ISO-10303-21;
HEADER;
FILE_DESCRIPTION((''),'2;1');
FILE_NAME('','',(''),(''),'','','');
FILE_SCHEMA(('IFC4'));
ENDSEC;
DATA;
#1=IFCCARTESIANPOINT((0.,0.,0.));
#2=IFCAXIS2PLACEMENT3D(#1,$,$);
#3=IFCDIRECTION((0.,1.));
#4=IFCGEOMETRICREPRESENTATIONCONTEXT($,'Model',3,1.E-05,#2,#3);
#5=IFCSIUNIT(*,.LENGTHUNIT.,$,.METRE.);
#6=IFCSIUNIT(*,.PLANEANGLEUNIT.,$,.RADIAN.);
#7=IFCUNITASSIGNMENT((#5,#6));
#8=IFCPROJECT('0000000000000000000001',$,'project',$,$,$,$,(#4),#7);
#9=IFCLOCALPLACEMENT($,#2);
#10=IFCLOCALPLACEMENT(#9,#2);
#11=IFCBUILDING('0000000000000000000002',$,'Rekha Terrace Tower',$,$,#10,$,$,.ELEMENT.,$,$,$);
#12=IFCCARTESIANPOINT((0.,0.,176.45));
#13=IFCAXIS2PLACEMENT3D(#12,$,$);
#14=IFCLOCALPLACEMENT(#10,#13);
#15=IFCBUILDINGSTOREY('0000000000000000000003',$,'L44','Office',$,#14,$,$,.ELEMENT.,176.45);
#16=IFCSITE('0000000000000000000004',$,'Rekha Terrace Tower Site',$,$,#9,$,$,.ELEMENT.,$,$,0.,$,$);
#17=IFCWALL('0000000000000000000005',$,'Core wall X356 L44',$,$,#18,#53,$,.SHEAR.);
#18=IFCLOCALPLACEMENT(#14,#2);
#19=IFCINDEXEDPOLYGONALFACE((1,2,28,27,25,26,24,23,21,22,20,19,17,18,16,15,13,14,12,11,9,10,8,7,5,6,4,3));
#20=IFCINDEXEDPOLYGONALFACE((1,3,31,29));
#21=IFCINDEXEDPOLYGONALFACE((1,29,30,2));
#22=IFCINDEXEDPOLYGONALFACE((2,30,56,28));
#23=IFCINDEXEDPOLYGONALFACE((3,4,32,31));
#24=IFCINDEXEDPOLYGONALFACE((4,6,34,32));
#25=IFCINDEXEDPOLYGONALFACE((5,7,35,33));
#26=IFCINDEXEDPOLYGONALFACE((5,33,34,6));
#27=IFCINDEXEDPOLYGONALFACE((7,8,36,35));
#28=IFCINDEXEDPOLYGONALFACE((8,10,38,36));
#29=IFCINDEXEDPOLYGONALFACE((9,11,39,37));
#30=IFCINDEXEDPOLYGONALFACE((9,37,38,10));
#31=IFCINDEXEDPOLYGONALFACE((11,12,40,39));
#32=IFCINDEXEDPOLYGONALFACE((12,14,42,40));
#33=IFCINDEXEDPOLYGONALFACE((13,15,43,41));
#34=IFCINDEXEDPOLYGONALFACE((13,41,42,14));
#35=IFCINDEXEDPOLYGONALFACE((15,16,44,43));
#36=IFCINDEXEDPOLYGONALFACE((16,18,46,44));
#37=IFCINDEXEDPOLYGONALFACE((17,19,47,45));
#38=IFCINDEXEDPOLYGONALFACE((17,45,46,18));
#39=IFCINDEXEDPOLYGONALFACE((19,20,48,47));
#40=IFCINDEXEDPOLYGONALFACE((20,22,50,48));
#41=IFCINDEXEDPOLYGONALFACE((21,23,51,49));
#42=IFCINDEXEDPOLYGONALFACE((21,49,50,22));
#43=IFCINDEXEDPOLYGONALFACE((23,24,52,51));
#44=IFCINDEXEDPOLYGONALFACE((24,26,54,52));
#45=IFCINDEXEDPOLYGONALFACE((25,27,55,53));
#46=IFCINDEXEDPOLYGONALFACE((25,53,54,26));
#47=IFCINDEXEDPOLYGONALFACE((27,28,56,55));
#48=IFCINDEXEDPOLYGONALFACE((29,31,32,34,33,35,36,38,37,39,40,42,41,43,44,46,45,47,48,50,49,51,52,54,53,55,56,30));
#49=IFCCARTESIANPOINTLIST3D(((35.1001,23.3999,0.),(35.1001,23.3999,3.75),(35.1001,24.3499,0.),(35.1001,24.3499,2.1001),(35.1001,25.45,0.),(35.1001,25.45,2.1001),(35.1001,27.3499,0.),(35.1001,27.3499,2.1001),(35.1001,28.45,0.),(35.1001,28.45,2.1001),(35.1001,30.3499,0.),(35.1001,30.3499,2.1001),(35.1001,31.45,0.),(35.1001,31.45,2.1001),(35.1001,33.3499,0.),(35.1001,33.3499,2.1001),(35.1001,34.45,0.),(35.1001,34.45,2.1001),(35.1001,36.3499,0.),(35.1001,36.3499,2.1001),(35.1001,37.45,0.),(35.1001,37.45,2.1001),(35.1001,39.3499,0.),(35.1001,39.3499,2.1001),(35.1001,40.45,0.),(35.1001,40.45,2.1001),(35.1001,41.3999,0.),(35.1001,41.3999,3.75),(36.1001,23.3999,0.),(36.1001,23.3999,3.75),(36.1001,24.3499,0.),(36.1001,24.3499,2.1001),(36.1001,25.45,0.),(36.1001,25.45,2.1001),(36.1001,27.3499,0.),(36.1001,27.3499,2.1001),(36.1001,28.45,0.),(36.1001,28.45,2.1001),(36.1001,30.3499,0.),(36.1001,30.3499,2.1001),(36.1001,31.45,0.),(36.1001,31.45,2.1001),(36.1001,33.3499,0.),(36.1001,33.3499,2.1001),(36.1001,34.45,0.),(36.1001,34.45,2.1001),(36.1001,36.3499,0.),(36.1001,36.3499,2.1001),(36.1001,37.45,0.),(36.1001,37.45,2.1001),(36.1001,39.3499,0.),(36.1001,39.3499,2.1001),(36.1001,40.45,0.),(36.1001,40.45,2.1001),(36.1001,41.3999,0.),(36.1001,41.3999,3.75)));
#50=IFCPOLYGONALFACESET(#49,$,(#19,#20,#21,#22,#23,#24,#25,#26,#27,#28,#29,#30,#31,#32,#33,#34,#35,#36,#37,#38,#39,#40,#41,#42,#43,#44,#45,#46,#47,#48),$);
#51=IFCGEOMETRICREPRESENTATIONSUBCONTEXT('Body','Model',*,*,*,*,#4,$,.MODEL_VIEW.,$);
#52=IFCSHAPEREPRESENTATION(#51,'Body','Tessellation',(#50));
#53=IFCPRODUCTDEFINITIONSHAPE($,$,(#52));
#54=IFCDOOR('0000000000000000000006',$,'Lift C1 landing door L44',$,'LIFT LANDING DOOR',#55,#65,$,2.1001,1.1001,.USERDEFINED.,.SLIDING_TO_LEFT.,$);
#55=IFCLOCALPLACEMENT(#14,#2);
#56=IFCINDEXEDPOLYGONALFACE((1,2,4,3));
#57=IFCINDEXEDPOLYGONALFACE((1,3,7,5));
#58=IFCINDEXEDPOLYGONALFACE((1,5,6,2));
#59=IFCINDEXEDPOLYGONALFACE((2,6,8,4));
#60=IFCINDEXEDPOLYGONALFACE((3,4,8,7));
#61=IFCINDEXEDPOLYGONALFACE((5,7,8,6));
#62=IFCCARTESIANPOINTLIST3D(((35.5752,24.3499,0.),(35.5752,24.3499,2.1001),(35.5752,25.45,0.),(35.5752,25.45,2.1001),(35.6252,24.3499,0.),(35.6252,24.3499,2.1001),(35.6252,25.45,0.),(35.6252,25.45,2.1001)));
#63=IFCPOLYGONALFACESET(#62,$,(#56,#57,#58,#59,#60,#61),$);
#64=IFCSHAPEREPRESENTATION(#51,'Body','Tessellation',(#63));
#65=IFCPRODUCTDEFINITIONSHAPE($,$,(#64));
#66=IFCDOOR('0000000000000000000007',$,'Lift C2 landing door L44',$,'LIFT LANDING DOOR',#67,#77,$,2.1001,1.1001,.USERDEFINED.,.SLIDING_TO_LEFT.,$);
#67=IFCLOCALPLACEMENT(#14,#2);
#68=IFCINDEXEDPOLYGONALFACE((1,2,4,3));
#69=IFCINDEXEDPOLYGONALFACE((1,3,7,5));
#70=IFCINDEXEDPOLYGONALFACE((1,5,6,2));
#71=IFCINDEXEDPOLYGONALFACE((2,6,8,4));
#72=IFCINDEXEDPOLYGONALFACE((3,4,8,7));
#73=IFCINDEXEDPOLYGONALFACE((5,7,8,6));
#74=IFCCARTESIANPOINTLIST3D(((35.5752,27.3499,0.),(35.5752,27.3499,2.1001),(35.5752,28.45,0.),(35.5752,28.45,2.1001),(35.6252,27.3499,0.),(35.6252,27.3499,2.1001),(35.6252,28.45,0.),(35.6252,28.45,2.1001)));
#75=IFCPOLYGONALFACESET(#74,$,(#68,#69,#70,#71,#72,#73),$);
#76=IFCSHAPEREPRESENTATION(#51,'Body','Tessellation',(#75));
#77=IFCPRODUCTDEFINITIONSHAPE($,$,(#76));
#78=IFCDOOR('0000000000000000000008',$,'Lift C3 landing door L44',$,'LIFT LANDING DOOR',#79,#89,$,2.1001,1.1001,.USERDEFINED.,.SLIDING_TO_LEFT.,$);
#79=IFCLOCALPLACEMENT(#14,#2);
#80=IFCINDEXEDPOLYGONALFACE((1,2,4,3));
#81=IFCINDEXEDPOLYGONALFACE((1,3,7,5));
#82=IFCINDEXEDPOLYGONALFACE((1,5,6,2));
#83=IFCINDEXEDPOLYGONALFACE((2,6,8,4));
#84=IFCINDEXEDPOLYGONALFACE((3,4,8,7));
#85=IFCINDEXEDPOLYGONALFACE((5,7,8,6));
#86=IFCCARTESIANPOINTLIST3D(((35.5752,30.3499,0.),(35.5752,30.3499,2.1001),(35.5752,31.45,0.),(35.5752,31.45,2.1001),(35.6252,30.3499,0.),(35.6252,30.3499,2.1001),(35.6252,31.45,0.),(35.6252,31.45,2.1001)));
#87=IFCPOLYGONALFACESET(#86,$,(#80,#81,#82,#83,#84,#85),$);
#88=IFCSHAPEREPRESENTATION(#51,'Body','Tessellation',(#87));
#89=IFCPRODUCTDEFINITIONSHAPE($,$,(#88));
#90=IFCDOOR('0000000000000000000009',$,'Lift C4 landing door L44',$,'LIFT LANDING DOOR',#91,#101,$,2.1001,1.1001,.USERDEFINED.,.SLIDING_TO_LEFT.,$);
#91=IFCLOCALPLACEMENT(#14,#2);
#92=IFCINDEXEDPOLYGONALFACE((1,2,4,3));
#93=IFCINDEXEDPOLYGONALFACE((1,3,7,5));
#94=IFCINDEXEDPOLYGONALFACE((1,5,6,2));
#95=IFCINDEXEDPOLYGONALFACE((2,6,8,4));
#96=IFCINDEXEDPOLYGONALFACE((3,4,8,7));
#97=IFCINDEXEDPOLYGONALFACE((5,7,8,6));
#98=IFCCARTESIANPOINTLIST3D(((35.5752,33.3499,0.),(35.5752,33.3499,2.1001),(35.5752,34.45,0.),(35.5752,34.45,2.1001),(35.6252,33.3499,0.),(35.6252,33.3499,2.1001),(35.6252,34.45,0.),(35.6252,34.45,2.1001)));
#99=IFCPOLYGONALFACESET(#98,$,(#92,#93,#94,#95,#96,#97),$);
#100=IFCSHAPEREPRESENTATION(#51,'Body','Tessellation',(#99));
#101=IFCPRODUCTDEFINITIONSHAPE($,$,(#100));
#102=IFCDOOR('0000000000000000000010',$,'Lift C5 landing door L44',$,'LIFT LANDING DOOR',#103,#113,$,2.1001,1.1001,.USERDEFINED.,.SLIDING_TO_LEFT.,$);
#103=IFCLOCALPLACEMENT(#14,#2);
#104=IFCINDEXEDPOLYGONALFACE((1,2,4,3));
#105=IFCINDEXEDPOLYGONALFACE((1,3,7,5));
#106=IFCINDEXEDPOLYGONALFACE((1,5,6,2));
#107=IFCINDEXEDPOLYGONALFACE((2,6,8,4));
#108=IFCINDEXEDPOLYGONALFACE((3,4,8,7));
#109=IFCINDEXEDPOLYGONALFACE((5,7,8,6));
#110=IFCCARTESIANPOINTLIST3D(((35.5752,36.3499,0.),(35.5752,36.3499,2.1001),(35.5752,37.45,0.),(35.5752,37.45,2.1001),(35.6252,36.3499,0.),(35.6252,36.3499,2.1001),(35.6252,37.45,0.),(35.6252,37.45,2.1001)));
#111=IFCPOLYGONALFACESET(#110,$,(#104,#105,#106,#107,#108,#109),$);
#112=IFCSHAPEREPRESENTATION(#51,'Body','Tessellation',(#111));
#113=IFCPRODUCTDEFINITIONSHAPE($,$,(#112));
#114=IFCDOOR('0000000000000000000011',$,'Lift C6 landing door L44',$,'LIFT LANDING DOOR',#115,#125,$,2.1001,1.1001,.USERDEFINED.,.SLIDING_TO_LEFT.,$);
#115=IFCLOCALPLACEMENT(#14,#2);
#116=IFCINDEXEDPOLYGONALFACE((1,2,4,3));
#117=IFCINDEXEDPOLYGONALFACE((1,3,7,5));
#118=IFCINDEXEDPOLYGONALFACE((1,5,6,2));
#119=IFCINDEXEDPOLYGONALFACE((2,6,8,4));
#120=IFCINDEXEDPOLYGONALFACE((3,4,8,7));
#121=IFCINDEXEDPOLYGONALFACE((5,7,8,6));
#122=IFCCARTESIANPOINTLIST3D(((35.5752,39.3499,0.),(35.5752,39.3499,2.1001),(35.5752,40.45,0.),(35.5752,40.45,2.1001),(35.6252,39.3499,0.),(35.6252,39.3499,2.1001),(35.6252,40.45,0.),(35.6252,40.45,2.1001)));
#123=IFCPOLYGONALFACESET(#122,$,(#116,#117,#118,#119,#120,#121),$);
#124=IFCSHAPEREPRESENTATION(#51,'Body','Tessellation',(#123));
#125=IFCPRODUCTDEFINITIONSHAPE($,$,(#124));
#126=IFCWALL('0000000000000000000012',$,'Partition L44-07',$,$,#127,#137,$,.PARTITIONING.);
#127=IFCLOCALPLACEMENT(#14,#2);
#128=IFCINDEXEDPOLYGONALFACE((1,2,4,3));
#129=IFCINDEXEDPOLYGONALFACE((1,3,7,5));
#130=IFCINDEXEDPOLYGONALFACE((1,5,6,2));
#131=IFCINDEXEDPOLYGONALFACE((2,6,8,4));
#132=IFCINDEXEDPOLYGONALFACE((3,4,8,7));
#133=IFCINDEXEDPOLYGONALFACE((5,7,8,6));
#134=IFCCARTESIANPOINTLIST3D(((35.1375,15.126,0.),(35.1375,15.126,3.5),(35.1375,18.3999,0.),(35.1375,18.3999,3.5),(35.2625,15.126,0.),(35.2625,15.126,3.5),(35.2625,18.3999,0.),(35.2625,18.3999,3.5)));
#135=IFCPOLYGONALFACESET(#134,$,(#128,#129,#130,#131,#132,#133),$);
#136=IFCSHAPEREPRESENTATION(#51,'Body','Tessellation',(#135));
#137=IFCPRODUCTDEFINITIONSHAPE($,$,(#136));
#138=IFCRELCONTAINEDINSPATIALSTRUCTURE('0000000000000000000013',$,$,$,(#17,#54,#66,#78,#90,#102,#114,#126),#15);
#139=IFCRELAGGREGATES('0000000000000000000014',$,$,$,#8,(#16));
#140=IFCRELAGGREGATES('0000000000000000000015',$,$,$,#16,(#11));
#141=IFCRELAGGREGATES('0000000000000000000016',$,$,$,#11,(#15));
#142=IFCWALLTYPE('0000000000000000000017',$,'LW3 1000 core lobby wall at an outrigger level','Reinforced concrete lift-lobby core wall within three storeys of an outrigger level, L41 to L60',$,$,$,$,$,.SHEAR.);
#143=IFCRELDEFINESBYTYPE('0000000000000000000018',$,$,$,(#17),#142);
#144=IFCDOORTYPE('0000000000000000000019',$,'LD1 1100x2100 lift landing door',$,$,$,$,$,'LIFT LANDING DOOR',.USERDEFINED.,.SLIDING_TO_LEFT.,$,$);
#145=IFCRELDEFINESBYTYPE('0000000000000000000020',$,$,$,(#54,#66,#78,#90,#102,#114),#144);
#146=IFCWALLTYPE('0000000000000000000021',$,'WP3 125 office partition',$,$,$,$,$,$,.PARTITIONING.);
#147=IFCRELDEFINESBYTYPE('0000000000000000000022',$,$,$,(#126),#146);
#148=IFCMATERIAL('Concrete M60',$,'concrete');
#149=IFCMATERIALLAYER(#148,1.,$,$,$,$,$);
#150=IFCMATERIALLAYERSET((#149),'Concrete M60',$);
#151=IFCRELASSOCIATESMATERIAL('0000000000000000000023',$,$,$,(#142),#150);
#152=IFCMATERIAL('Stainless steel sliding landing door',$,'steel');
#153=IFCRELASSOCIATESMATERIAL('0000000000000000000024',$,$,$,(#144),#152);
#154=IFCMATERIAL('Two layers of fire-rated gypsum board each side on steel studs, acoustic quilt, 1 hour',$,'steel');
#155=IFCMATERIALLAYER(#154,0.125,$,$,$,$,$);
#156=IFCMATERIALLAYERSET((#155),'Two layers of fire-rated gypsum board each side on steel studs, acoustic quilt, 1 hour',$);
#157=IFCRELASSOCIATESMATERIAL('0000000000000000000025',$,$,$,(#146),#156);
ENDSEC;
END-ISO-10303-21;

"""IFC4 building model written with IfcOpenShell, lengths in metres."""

from ifc_helpers import new_model, si_unit, direction, frame, frame_2d, origin, place, context, subcontext, project, spatial, rectangle, extrude, material, layer, layer_set, type_object, element, fill, save


model = new_model("IFC4")

# Units and contexts
model_context = context("Model", 3, precision=1e-05, world=origin(), true_north=direction((0.0, 1.0)))
body_context = subcontext(model_context, "Body", "Model", "MODEL_VIEW")
ifc_project = project(units=[si_unit("LENGTHUNIT", "METRE"), si_unit("PLANEANGLEUNIT", "RADIAN")], contexts=[model_context])

# Site, building, storey
site_placement = place(None, origin())
site = spatial("IfcSite", under=ifc_project, at=site_placement, Name="Rekha Terrace Tower Site", CompositionType="ELEMENT", RefElevation=0.0)
building_placement = place(site_placement, origin())
building = spatial("IfcBuilding", under=site, at=building_placement, Name="Rekha Terrace Tower", CompositionType="ELEMENT")
storey_placement = place(building_placement, frame((0.0, 0.0, 176.45)))
storey = spatial("IfcBuildingStorey", under=building, at=storey_placement, Name="L44", Description="Office", CompositionType="ELEMENT", Elevation=176.45)

# Shared definitions
ifc_material_1 = material(Name="Concrete M60", Category="concrete")

# Wall, openings, doors
ifc_layer_1 = layer(ifc_material_1, 1.0)
ifc_layer_set_1 = layer_set([ifc_layer_1], Name="Concrete M60")
wall_type_1 = type_object("IfcWallType", Name="LW3 1000 core lobby wall at an outrigger level", Description="Reinforced concrete lift-lobby core wall within three storeys of an outrigger level, L41 to L60", PredefinedType="SHEAR", material=ifc_layer_set_1)
wall_1_placement = place(storey_placement, frame((35.6001, 23.3999, 0.0), z_axis=(0.0, 0.0, 1.0), x_axis=(0.0, 1.0, 0.0)))
wall_1 = element("IfcWall", 1, at=wall_1_placement, inside=storey, type_object=wall_type_1, Name="Core wall X356 L44", PredefinedType="SHEAR", context=body_context, shape_type="SweptSolid", body=[
    extrude(rectangle(XDim=18.0, YDim=1.0, at=frame_2d((9.0, 0.0))), origin(), (0.0, 0.0, 1.0), 3.75),
])
opening_1_placement = place(wall_1_placement, frame((0.95, 0.0, 0.0)))
opening_1 = element("IfcOpeningElement", 2, at=opening_1_placement, cuts=wall_1, PredefinedType="OPENING", context=body_context, shape_type="SweptSolid", body=[
    extrude(rectangle(XDim=1.1001, YDim=2.1001, at=frame_2d((0.55, 1.05))), frame((0.0, 0.51, 0.0), z_axis=(0.0, -1.0, 0.0), x_axis=(1.0, 0.0, 0.0)), (0.0, 0.0, 1.0), 1.02),
])
opening_2_placement = place(wall_1_placement, frame((3.95, 0.0, 0.0)))
opening_2 = element("IfcOpeningElement", 3, at=opening_2_placement, cuts=wall_1, PredefinedType="OPENING", context=body_context, shape_type="SweptSolid", body=[
    extrude(rectangle(XDim=1.1001, YDim=2.1001, at=frame_2d((0.55, 1.05))), frame((0.0, 0.51, 0.0), z_axis=(0.0, -1.0, 0.0), x_axis=(1.0, 0.0, 0.0)), (0.0, 0.0, 1.0), 1.02),
])
opening_3_placement = place(wall_1_placement, frame((6.95, 0.0, 0.0)))
opening_3 = element("IfcOpeningElement", 4, at=opening_3_placement, cuts=wall_1, PredefinedType="OPENING", context=body_context, shape_type="SweptSolid", body=[
    extrude(rectangle(XDim=1.1001, YDim=2.1001, at=frame_2d((0.55, 1.05))), frame((0.0, 0.51, 0.0), z_axis=(0.0, -1.0, 0.0), x_axis=(1.0, 0.0, 0.0)), (0.0, 0.0, 1.0), 1.02),
])
opening_4_placement = place(wall_1_placement, frame((9.95, 0.0, 0.0)))
opening_4 = element("IfcOpeningElement", 5, at=opening_4_placement, cuts=wall_1, PredefinedType="OPENING", context=body_context, shape_type="SweptSolid", body=[
    extrude(rectangle(XDim=1.1001, YDim=2.1001, at=frame_2d((0.55, 1.05))), frame((0.0, 0.51, 0.0), z_axis=(0.0, -1.0, 0.0), x_axis=(1.0, 0.0, 0.0)), (0.0, 0.0, 1.0), 1.02),
])
opening_5_placement = place(wall_1_placement, frame((12.95, 0.0, 0.0)))
opening_5 = element("IfcOpeningElement", 6, at=opening_5_placement, cuts=wall_1, PredefinedType="OPENING", context=body_context, shape_type="SweptSolid", body=[
    extrude(rectangle(XDim=1.1001, YDim=2.1001, at=frame_2d((0.55, 1.05))), frame((0.0, 0.51, 0.0), z_axis=(0.0, -1.0, 0.0), x_axis=(1.0, 0.0, 0.0)), (0.0, 0.0, 1.0), 1.02),
])
opening_6_placement = place(wall_1_placement, frame((15.95, 0.0, 0.0)))
opening_6 = element("IfcOpeningElement", 7, at=opening_6_placement, cuts=wall_1, PredefinedType="OPENING", context=body_context, shape_type="SweptSolid", body=[
    extrude(rectangle(XDim=1.1001, YDim=2.1001, at=frame_2d((0.55, 1.05))), frame((0.0, 0.51, 0.0), z_axis=(0.0, -1.0, 0.0), x_axis=(1.0, 0.0, 0.0)), (0.0, 0.0, 1.0), 1.02),
])
ifc_material_2 = material(Name="Stainless steel sliding landing door", Category="steel")
door_type_1 = type_object("IfcDoorType", Name="LD1 1100x2100 lift landing door", ElementType="LIFT LANDING DOOR", OperationType="SLIDING_TO_LEFT", PredefinedType="USERDEFINED", material=ifc_material_2)
door_1_placement = place(opening_1_placement, origin())
door_1 = element("IfcDoor", 8, at=door_1_placement, inside=storey, type_object=door_type_1, Name="Lift C1 landing door L44", ObjectType="LIFT LANDING DOOR", OperationType="SLIDING_TO_LEFT", OverallHeight=2.1001, OverallWidth=1.1001, PredefinedType="USERDEFINED", context=body_context, shape_type="SweptSolid", body=[
    extrude(rectangle(XDim=1.1001, YDim=2.1001, at=frame_2d((0.55, 1.05))), frame((0.0, 0.0249, 0.0), z_axis=(0.0, -1.0, 0.0), x_axis=(1.0, 0.0, 0.0)), (0.0, 0.0, 1.0), 0.05),
])
fill(opening_1, door_1)
door_2_placement = place(opening_2_placement, origin())
door_2 = element("IfcDoor", 9, at=door_2_placement, inside=storey, type_object=door_type_1, Name="Lift C2 landing door L44", ObjectType="LIFT LANDING DOOR", OperationType="SLIDING_TO_LEFT", OverallHeight=2.1001, OverallWidth=1.1001, PredefinedType="USERDEFINED", context=body_context, shape_type="SweptSolid", body=[
    extrude(rectangle(XDim=1.1001, YDim=2.1001, at=frame_2d((0.55, 1.05))), frame((0.0, 0.0249, 0.0), z_axis=(0.0, -1.0, 0.0), x_axis=(1.0, 0.0, 0.0)), (0.0, 0.0, 1.0), 0.05),
])
fill(opening_2, door_2)
door_3_placement = place(opening_3_placement, origin())
door_3 = element("IfcDoor", 10, at=door_3_placement, inside=storey, type_object=door_type_1, Name="Lift C3 landing door L44", ObjectType="LIFT LANDING DOOR", OperationType="SLIDING_TO_LEFT", OverallHeight=2.1001, OverallWidth=1.1001, PredefinedType="USERDEFINED", context=body_context, shape_type="SweptSolid", body=[
    extrude(rectangle(XDim=1.1001, YDim=2.1001, at=frame_2d((0.55, 1.05))), frame((0.0, 0.0249, 0.0), z_axis=(0.0, -1.0, 0.0), x_axis=(1.0, 0.0, 0.0)), (0.0, 0.0, 1.0), 0.05),
])
fill(opening_3, door_3)
door_4_placement = place(opening_4_placement, origin())
door_4 = element("IfcDoor", 11, at=door_4_placement, inside=storey, type_object=door_type_1, Name="Lift C4 landing door L44", ObjectType="LIFT LANDING DOOR", OperationType="SLIDING_TO_LEFT", OverallHeight=2.1001, OverallWidth=1.1001, PredefinedType="USERDEFINED", context=body_context, shape_type="SweptSolid", body=[
    extrude(rectangle(XDim=1.1001, YDim=2.1001, at=frame_2d((0.55, 1.05))), frame((0.0, 0.0249, 0.0), z_axis=(0.0, -1.0, 0.0), x_axis=(1.0, 0.0, 0.0)), (0.0, 0.0, 1.0), 0.05),
])
fill(opening_4, door_4)
door_5_placement = place(opening_5_placement, origin())
door_5 = element("IfcDoor", 12, at=door_5_placement, inside=storey, type_object=door_type_1, Name="Lift C5 landing door L44", ObjectType="LIFT LANDING DOOR", OperationType="SLIDING_TO_LEFT", OverallHeight=2.1001, OverallWidth=1.1001, PredefinedType="USERDEFINED", context=body_context, shape_type="SweptSolid", body=[
    extrude(rectangle(XDim=1.1001, YDim=2.1001, at=frame_2d((0.55, 1.05))), frame((0.0, 0.0249, 0.0), z_axis=(0.0, -1.0, 0.0), x_axis=(1.0, 0.0, 0.0)), (0.0, 0.0, 1.0), 0.05),
])
fill(opening_5, door_5)
door_6_placement = place(opening_6_placement, origin())
door_6 = element("IfcDoor", 13, at=door_6_placement, inside=storey, type_object=door_type_1, Name="Lift C6 landing door L44", ObjectType="LIFT LANDING DOOR", OperationType="SLIDING_TO_LEFT", OverallHeight=2.1001, OverallWidth=1.1001, PredefinedType="USERDEFINED", context=body_context, shape_type="SweptSolid", body=[
    extrude(rectangle(XDim=1.1001, YDim=2.1001, at=frame_2d((0.55, 1.05))), frame((0.0, 0.0249, 0.0), z_axis=(0.0, -1.0, 0.0), x_axis=(1.0, 0.0, 0.0)), (0.0, 0.0, 1.0), 0.05),
])
fill(opening_6, door_6)

# Wall
ifc_material_3 = material(Name="Two layers of fire-rated gypsum board each side on steel studs, acoustic quilt, 1 hour", Category="steel")
ifc_layer_2 = layer(ifc_material_3, 0.125)
ifc_layer_set_2 = layer_set([ifc_layer_2], Name="Two layers of fire-rated gypsum board each side on steel studs, acoustic quilt, 1 hour")
wall_type_2 = type_object("IfcWallType", Name="WP3 125 office partition", PredefinedType="PARTITIONING", material=ifc_layer_set_2)
wall_2_placement = place(storey_placement, frame((35.2, 15.126, 0.0), z_axis=(0.0, 0.0, 1.0), x_axis=(0.0, 1.0, 0.0)))
element("IfcWall", 14, at=wall_2_placement, inside=storey, type_object=wall_type_2, Name="Partition L44-07", PredefinedType="PARTITIONING", context=body_context, shape_type="SweptSolid", body=[
    extrude(rectangle(XDim=3.2739, YDim=0.125, at=frame_2d((1.637, 0.0))), origin(), (0.0, 0.0, 1.0), 3.5),
])

save(model, "model.ifc")
